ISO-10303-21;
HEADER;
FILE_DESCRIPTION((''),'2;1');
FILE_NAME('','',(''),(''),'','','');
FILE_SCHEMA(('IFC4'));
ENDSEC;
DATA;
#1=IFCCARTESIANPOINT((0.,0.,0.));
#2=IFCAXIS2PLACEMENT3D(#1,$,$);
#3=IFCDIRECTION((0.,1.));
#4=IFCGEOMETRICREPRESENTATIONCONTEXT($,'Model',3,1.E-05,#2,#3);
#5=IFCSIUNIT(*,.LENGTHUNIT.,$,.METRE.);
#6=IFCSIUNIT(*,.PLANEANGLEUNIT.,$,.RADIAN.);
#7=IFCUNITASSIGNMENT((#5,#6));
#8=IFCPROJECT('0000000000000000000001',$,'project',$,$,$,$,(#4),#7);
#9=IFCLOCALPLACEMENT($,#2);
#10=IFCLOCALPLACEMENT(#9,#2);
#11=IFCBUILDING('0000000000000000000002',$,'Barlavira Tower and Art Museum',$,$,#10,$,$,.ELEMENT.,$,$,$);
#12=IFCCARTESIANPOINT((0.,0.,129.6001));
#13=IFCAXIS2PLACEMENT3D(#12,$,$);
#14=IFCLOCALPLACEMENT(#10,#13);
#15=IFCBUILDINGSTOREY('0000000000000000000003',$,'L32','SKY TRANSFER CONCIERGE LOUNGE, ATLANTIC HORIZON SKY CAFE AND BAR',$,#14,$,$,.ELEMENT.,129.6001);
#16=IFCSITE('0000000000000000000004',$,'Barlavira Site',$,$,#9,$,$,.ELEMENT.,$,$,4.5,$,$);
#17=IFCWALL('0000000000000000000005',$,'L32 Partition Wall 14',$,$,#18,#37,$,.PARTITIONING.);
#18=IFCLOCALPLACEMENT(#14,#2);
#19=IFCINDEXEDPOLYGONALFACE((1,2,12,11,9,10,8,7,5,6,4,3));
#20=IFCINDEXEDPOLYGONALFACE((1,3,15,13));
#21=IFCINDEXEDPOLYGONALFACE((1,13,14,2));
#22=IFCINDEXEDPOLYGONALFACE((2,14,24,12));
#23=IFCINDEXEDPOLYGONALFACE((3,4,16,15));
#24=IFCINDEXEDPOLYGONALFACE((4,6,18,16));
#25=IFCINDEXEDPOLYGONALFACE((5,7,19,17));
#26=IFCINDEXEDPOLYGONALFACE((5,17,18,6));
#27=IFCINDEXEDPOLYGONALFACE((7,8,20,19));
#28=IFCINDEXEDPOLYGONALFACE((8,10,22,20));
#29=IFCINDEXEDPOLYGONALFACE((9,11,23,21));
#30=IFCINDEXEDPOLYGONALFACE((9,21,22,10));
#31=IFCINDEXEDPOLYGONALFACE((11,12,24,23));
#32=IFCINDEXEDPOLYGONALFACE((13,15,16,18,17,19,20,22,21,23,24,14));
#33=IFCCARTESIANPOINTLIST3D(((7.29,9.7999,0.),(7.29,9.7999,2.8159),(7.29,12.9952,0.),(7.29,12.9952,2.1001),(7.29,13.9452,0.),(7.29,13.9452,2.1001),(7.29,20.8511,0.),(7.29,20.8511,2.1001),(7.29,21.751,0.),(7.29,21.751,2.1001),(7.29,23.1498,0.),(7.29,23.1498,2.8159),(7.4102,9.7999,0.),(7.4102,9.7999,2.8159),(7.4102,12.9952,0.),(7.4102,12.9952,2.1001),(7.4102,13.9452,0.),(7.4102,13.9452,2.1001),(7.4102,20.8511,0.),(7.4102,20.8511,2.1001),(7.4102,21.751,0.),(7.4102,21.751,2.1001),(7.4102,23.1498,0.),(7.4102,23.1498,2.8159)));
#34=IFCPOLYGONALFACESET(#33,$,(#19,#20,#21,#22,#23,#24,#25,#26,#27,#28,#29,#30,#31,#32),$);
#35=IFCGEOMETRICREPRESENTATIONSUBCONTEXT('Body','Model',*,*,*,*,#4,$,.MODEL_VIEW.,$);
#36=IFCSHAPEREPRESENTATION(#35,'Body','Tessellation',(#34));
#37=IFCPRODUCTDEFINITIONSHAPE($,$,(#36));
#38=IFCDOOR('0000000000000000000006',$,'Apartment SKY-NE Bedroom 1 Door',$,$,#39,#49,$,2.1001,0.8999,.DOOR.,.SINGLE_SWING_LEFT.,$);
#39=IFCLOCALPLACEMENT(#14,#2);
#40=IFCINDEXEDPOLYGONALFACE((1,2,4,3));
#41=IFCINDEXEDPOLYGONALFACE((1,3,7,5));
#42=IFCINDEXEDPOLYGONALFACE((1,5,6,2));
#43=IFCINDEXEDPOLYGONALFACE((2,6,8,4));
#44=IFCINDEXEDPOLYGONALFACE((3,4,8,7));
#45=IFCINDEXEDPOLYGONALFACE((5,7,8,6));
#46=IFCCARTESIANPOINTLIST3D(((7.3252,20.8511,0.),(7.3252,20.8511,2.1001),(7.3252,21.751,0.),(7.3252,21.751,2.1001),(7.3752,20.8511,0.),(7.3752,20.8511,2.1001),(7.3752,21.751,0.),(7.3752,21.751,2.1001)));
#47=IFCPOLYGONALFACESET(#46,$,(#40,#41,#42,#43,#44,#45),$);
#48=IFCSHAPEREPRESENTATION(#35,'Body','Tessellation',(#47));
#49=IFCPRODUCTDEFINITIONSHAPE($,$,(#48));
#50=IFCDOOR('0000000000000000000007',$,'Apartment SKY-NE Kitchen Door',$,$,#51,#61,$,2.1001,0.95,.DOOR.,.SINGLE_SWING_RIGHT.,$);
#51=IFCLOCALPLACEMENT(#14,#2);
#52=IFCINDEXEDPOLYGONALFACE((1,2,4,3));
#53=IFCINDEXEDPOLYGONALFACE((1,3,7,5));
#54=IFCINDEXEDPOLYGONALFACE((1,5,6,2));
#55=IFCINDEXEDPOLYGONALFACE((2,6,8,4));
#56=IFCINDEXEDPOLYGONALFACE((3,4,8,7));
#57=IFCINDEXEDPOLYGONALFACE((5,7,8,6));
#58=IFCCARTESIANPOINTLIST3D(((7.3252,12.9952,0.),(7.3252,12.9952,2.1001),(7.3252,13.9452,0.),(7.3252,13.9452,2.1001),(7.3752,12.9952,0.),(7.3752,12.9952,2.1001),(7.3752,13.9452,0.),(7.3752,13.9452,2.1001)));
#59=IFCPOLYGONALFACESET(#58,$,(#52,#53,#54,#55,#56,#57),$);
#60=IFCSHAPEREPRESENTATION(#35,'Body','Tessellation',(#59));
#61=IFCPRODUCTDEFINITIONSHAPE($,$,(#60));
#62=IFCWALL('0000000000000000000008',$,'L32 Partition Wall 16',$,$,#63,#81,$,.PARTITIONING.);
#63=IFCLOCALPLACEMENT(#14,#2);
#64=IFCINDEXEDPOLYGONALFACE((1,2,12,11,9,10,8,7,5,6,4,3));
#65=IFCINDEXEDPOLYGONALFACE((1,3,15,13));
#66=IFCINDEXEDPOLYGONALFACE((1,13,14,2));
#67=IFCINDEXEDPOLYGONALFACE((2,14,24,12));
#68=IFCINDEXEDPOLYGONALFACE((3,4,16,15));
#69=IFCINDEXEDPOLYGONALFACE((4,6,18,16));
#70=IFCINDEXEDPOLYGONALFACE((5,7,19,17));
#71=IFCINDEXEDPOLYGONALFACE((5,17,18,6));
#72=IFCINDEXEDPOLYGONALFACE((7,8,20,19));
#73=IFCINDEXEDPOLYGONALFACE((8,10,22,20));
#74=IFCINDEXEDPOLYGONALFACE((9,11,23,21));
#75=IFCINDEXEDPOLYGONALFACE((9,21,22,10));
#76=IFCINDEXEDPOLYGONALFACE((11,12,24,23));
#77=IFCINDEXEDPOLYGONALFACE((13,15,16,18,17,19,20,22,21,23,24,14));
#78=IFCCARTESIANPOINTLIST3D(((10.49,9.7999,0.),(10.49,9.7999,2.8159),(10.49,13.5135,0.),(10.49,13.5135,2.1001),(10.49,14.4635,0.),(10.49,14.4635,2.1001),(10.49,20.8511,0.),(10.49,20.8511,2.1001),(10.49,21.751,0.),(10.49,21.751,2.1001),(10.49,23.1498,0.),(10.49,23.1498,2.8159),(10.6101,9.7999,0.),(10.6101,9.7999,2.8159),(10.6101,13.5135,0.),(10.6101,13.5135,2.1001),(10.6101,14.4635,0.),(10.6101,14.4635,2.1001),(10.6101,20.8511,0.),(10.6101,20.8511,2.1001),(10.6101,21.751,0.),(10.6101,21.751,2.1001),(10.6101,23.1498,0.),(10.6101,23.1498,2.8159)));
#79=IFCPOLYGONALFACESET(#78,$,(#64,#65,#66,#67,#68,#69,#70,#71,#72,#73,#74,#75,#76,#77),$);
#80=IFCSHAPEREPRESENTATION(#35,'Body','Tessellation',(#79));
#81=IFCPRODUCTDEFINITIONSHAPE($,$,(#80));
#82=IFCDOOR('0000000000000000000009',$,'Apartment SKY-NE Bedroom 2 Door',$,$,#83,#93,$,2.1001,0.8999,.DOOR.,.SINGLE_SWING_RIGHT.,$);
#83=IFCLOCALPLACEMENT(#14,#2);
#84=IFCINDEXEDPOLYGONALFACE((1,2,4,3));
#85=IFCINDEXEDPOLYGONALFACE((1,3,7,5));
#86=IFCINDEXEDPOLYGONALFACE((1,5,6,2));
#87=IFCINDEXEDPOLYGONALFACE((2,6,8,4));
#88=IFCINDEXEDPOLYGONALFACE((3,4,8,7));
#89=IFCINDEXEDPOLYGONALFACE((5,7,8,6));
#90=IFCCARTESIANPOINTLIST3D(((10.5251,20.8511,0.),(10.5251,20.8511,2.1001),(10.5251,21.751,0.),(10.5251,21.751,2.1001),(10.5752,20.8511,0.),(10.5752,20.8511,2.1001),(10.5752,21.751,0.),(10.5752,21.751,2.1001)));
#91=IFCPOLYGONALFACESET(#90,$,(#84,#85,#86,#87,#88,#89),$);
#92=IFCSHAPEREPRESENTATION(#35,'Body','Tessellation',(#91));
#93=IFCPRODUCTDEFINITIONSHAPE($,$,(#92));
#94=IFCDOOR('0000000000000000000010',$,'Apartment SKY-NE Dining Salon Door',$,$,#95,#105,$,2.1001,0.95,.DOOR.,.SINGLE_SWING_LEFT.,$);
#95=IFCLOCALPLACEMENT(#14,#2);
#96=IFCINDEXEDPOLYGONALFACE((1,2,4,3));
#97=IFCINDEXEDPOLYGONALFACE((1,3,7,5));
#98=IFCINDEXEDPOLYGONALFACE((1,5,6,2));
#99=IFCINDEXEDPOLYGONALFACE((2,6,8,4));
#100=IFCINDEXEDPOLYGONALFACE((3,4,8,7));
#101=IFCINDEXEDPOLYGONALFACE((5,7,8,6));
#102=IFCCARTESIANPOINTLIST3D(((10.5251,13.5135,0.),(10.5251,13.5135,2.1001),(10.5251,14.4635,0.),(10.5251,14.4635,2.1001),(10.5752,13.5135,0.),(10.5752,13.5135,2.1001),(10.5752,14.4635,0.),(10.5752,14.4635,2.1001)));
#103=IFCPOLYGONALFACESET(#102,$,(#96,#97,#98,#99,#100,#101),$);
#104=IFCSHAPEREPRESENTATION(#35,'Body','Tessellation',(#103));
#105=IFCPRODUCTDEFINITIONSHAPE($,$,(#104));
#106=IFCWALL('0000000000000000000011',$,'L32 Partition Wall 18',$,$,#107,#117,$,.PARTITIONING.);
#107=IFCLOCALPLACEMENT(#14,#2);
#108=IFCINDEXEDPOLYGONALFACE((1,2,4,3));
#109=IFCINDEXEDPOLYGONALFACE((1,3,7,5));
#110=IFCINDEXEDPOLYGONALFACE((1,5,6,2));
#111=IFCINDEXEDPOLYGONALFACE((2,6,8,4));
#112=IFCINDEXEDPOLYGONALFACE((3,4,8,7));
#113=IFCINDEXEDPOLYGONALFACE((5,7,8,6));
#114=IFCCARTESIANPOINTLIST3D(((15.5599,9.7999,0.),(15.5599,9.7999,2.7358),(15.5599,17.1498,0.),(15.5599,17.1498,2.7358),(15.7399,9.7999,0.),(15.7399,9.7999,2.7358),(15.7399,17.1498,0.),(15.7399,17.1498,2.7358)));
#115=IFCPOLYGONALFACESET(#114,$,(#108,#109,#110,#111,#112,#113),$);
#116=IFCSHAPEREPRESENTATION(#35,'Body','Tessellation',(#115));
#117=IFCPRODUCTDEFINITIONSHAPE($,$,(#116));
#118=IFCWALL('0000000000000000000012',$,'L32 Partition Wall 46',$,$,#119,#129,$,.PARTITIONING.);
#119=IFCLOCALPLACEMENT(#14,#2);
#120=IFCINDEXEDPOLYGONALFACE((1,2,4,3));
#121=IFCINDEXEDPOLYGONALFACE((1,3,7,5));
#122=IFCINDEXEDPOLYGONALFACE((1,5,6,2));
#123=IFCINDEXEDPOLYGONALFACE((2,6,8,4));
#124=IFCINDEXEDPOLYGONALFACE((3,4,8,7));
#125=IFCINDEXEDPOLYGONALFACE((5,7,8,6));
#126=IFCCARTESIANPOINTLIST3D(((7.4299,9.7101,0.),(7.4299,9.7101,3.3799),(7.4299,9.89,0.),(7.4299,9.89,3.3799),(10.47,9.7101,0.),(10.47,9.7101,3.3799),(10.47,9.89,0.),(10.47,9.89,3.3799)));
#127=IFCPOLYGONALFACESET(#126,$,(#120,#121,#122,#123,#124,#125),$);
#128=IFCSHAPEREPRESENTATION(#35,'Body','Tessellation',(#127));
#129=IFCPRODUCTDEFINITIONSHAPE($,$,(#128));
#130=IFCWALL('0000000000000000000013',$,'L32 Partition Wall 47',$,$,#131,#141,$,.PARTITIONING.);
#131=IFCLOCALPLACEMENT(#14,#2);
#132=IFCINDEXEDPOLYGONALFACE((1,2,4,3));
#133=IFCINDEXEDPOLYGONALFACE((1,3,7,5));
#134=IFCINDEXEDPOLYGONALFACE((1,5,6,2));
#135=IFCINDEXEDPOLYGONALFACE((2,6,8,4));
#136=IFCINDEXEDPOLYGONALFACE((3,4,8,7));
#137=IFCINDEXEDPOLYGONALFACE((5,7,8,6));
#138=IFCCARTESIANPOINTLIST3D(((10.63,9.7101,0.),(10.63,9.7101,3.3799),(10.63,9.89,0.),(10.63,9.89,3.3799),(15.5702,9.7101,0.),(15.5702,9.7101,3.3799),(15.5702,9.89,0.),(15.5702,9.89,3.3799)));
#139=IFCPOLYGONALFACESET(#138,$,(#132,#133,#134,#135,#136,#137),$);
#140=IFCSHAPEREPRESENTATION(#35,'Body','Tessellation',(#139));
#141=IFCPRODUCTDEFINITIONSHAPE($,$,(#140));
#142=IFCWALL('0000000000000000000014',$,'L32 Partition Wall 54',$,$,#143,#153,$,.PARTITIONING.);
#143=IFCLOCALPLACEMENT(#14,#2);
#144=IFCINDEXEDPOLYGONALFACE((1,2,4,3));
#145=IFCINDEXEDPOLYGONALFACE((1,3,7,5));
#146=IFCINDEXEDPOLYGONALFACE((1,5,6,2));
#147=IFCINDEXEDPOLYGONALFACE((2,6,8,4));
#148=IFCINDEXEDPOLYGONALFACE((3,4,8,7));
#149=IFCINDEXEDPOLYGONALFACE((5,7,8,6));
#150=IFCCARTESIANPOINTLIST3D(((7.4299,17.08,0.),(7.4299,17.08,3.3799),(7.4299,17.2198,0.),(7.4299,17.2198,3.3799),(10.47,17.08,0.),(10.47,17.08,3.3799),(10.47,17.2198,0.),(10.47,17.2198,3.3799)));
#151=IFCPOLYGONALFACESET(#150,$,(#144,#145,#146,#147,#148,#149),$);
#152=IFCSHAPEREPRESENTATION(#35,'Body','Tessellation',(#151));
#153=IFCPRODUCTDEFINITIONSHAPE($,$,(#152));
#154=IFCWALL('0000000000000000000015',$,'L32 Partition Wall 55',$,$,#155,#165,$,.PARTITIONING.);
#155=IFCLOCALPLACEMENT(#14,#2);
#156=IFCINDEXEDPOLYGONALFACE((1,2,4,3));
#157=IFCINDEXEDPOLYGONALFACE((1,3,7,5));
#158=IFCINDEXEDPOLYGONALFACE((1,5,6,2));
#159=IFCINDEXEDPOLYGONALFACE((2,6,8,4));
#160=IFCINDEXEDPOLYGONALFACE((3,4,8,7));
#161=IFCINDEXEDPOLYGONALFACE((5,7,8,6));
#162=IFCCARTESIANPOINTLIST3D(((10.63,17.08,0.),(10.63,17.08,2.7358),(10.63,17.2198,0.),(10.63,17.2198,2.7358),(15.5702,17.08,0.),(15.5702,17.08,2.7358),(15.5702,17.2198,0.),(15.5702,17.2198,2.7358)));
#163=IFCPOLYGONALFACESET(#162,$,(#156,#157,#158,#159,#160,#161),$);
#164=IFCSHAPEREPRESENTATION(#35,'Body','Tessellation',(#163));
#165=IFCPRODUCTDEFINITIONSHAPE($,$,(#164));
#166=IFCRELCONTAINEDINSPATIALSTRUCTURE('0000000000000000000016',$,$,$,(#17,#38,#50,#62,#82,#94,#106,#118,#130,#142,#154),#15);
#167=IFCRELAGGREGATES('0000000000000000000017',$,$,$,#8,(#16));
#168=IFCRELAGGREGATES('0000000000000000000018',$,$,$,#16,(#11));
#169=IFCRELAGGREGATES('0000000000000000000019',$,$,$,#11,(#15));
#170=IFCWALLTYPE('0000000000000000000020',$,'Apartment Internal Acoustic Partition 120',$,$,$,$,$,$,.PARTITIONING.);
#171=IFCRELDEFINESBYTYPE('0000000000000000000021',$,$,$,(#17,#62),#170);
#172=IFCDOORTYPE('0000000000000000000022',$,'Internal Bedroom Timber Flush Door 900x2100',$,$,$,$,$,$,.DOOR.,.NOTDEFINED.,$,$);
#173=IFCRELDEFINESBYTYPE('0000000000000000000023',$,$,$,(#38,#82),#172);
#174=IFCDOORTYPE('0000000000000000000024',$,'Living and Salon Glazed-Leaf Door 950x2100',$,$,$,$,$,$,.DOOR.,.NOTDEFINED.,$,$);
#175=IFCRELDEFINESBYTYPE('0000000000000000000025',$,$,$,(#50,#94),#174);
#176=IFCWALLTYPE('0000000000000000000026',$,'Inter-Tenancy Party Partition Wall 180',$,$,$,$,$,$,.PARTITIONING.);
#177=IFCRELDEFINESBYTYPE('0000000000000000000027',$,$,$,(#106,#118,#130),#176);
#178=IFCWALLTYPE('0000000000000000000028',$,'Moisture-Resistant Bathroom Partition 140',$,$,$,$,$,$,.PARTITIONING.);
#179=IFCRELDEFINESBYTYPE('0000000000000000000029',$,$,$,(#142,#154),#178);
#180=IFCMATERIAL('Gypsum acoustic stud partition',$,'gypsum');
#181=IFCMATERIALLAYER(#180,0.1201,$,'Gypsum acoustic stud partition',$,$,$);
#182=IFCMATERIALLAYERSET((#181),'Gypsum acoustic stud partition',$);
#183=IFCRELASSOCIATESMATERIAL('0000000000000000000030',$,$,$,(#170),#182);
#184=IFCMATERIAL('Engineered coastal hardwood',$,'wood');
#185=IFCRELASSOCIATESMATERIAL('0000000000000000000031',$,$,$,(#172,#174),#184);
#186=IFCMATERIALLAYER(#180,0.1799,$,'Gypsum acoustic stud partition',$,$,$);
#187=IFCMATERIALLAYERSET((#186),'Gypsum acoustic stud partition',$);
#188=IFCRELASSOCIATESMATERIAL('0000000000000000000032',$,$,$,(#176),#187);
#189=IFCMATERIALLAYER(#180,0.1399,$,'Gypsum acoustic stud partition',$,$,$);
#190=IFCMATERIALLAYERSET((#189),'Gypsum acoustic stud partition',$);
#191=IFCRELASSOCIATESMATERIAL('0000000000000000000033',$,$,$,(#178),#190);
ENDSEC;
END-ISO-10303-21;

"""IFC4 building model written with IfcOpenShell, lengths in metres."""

from ifc_helpers import new_model, si_unit, direction, frame, frame_2d, origin, place, context, subcontext, project, spatial, rectangle, extrude, material, layer, layer_set, type_object, element, fill, save


model = new_model("IFC4")

# Units and contexts
model_context = context("Model", 3, precision=1e-05, world=origin(), true_north=direction((0.0, 1.0)))
body_context = subcontext(model_context, "Body", "Model", "MODEL_VIEW")
ifc_project = project(units=[si_unit("LENGTHUNIT", "METRE"), si_unit("PLANEANGLEUNIT", "RADIAN")], contexts=[model_context])

# Site, building, storey
site_placement = place(None, origin())
site = spatial("IfcSite", under=ifc_project, at=site_placement, Name="Barlavira Site", CompositionType="ELEMENT", RefElevation=4.5)
building_placement = place(site_placement, origin())
building = spatial("IfcBuilding", under=site, at=building_placement, Name="Barlavira Tower and Art Museum", CompositionType="ELEMENT")
storey_placement = place(building_placement, frame((0.0, 0.0, 129.6001)))
storey = spatial("IfcBuildingStorey", under=building, at=storey_placement, Name="L32", Description="SKY TRANSFER CONCIERGE LOUNGE, ATLANTIC HORIZON SKY CAFE AND BAR", CompositionType="ELEMENT", Elevation=129.6001)

# Walls, openings, doors
ifc_material_1 = material(Name="Gypsum acoustic stud partition", Category="gypsum")
ifc_layer_1 = layer(ifc_material_1, 0.1201, Name="Gypsum acoustic stud partition")
ifc_layer_set_1 = layer_set([ifc_layer_1], Name="Gypsum acoustic stud partition")
wall_type_1 = type_object("IfcWallType", Name="Apartment Internal Acoustic Partition 120", PredefinedType="PARTITIONING", material=ifc_layer_set_1)
wall_1_placement = place(storey_placement, frame((7.3501, 9.8, 0.0), z_axis=(0.0, 0.0, 1.0), x_axis=(0.0, 1.0, 0.0)))
wall_1 = element("IfcWall", 1, at=wall_1_placement, inside=storey, type_object=wall_type_1, Name="L32 Partition Wall 14", PredefinedType="PARTITIONING", context=body_context, shape_type="SweptSolid", body=[
    extrude(rectangle(XDim=13.3499, YDim=0.1201, at=frame_2d((6.6748, 0.0))), origin(), (0.0, 0.0, 1.0), 2.8159),
])
opening_1_placement = place(wall_1_placement, frame((3.1951, 0.0, 0.0)))
opening_1 = element("IfcOpeningElement", 2, at=opening_1_placement, cuts=wall_1, PredefinedType="OPENING", context=body_context, shape_type="SweptSolid", body=[
    extrude(rectangle(XDim=0.95, YDim=2.1001, at=frame_2d((0.4751, 1.05))), frame((0.0, 0.0701, 0.0), z_axis=(0.0, -1.0, 0.0), x_axis=(1.0, 0.0, 0.0)), (0.0, 0.0, 1.0), 0.1401),
])
opening_2_placement = place(wall_1_placement, frame((11.051, 0.0, 0.0)))
opening_2 = element("IfcOpeningElement", 3, at=opening_2_placement, cuts=wall_1, PredefinedType="OPENING", context=body_context, shape_type="SweptSolid", body=[
    extrude(rectangle(XDim=0.8999, YDim=2.1001, at=frame_2d((0.45, 1.05))), frame((0.0, 0.0701, 0.0), z_axis=(0.0, -1.0, 0.0), x_axis=(1.0, 0.0, 0.0)), (0.0, 0.0, 1.0), 0.1401),
])
ifc_material_2 = material(Name="Engineered coastal hardwood", Category="wood")
door_type_1 = type_object("IfcDoorType", Name="Internal Bedroom Timber Flush Door 900x2100", OperationType="NOTDEFINED", PredefinedType="DOOR", material=ifc_material_2)
door_1_placement = place(opening_2_placement, origin())
door_1 = element("IfcDoor", 4, at=door_1_placement, inside=storey, type_object=door_type_1, Name="Apartment SKY-NE Bedroom 1 Door", OperationType="SINGLE_SWING_LEFT", OverallHeight=2.1001, OverallWidth=0.8999, PredefinedType="DOOR", context=body_context, shape_type="SweptSolid", body=[
    extrude(rectangle(XDim=0.8999, YDim=2.1001, at=frame_2d((0.45, 1.05))), frame((0.0, 0.0249, 0.0), z_axis=(0.0, -1.0, 0.0), x_axis=(1.0, 0.0, 0.0)), (0.0, 0.0, 1.0), 0.05),
])
fill(opening_2, door_1)
door_type_2 = type_object("IfcDoorType", Name="Living and Salon Glazed-Leaf Door 950x2100", OperationType="NOTDEFINED", PredefinedType="DOOR", material=ifc_material_2)
door_2_placement = place(opening_1_placement, origin())
door_2 = element("IfcDoor", 5, at=door_2_placement, inside=storey, type_object=door_type_2, Name="Apartment SKY-NE Kitchen Door", OperationType="SINGLE_SWING_RIGHT", OverallHeight=2.1001, OverallWidth=0.95, PredefinedType="DOOR", context=body_context, shape_type="SweptSolid", body=[
    extrude(rectangle(XDim=0.95, YDim=2.1001, at=frame_2d((0.4751, 1.05))), frame((0.0, 0.0249, 0.0), z_axis=(0.0, -1.0, 0.0), x_axis=(1.0, 0.0, 0.0)), (0.0, 0.0, 1.0), 0.05),
])
fill(opening_1, door_2)
wall_2_placement = place(storey_placement, frame((10.55, 9.8, 0.0), z_axis=(0.0, 0.0, 1.0), x_axis=(0.0, 1.0, 0.0)))
wall_2 = element("IfcWall", 6, at=wall_2_placement, inside=storey, type_object=wall_type_1, Name="L32 Partition Wall 16", PredefinedType="PARTITIONING", context=body_context, shape_type="SweptSolid", body=[
    extrude(rectangle(XDim=13.3499, YDim=0.1201, at=frame_2d((6.6748, 0.0))), origin(), (0.0, 0.0, 1.0), 2.8159),
])
opening_3_placement = place(wall_2_placement, frame((3.7134, 0.0, 0.0)))
opening_3 = element("IfcOpeningElement", 7, at=opening_3_placement, cuts=wall_2, PredefinedType="OPENING", context=body_context, shape_type="SweptSolid", body=[
    extrude(rectangle(XDim=0.95, YDim=2.1001, at=frame_2d((0.4751, 1.05))), frame((0.0, 0.0701, 0.0), z_axis=(0.0, -1.0, 0.0), x_axis=(1.0, 0.0, 0.0)), (0.0, 0.0, 1.0), 0.1401),
])
opening_4_placement = place(wall_2_placement, frame((11.051, 0.0, 0.0)))
opening_4 = element("IfcOpeningElement", 8, at=opening_4_placement, cuts=wall_2, PredefinedType="OPENING", context=body_context, shape_type="SweptSolid", body=[
    extrude(rectangle(XDim=0.8999, YDim=2.1001, at=frame_2d((0.45, 1.05))), frame((0.0, 0.0701, 0.0), z_axis=(0.0, -1.0, 0.0), x_axis=(1.0, 0.0, 0.0)), (0.0, 0.0, 1.0), 0.1401),
])
door_3_placement = place(opening_4_placement, origin())
door_3 = element("IfcDoor", 9, at=door_3_placement, inside=storey, type_object=door_type_1, Name="Apartment SKY-NE Bedroom 2 Door", OperationType="SINGLE_SWING_RIGHT", OverallHeight=2.1001, OverallWidth=0.8999, PredefinedType="DOOR", context=body_context, shape_type="SweptSolid", body=[
    extrude(rectangle(XDim=0.8999, YDim=2.1001, at=frame_2d((0.45, 1.05))), frame((0.0, 0.0249, 0.0), z_axis=(0.0, -1.0, 0.0), x_axis=(1.0, 0.0, 0.0)), (0.0, 0.0, 1.0), 0.05),
])
fill(opening_4, door_3)
door_4_placement = place(opening_3_placement, origin())
door_4 = element("IfcDoor", 10, at=door_4_placement, inside=storey, type_object=door_type_2, Name="Apartment SKY-NE Dining Salon Door", OperationType="SINGLE_SWING_LEFT", OverallHeight=2.1001, OverallWidth=0.95, PredefinedType="DOOR", context=body_context, shape_type="SweptSolid", body=[
    extrude(rectangle(XDim=0.95, YDim=2.1001, at=frame_2d((0.4751, 1.05))), frame((0.0, 0.0249, 0.0), z_axis=(0.0, -1.0, 0.0), x_axis=(1.0, 0.0, 0.0)), (0.0, 0.0, 1.0), 0.05),
])
fill(opening_3, door_4)

# Walls
ifc_layer_2 = layer(ifc_material_1, 0.1799, Name="Gypsum acoustic stud partition")
ifc_layer_set_2 = layer_set([ifc_layer_2], Name="Gypsum acoustic stud partition")
wall_type_2 = type_object("IfcWallType", Name="Inter-Tenancy Party Partition Wall 180", PredefinedType="PARTITIONING", material=ifc_layer_set_2)
wall_3_placement = place(storey_placement, frame((15.6499, 9.8, 0.0), z_axis=(0.0, 0.0, 1.0), x_axis=(0.0, 1.0, 0.0)))
element("IfcWall", 11, at=wall_3_placement, inside=storey, type_object=wall_type_2, Name="L32 Partition Wall 18", PredefinedType="PARTITIONING", context=body_context, shape_type="SweptSolid", body=[
    extrude(rectangle(XDim=7.3499, YDim=0.1799, at=frame_2d((3.6748, 0.0))), origin(), (0.0, 0.0, 1.0), 2.7358),
])
wall_4_placement = place(storey_placement, frame((7.4299, 9.8, 0.0), z_axis=(0.0, 0.0, 1.0), x_axis=(1.0, 0.0, 0.0)))
element("IfcWall", 12, at=wall_4_placement, inside=storey, type_object=wall_type_2, Name="L32 Partition Wall 46", PredefinedType="PARTITIONING", context=body_context, shape_type="SweptSolid", body=[
    extrude(rectangle(XDim=3.04, YDim=0.1799, at=frame_2d((1.52, 0.0))), origin(), (0.0, 0.0, 1.0), 3.3799),
])
wall_5_placement = place(storey_placement, frame((10.6299, 9.8, 0.0), z_axis=(0.0, 0.0, 1.0), x_axis=(1.0, 0.0, 0.0)))
element("IfcWall", 13, at=wall_5_placement, inside=storey, type_object=wall_type_2, Name="L32 Partition Wall 47", PredefinedType="PARTITIONING", context=body_context, shape_type="SweptSolid", body=[
    extrude(rectangle(XDim=4.9402, YDim=0.1799, at=frame_2d((2.4702, 0.0))), origin(), (0.0, 0.0, 1.0), 3.3799),
])
ifc_layer_3 = layer(ifc_material_1, 0.1399, Name="Gypsum acoustic stud partition")
ifc_layer_set_3 = layer_set([ifc_layer_3], Name="Gypsum acoustic stud partition")
wall_type_3 = type_object("IfcWallType", Name="Moisture-Resistant Bathroom Partition 140", PredefinedType="PARTITIONING", material=ifc_layer_set_3)
wall_6_placement = place(storey_placement, frame((7.4299, 17.1499, 0.0), z_axis=(0.0, 0.0, 1.0), x_axis=(1.0, 0.0, 0.0)))
element("IfcWall", 14, at=wall_6_placement, inside=storey, type_object=wall_type_3, Name="L32 Partition Wall 54", PredefinedType="PARTITIONING", context=body_context, shape_type="SweptSolid", body=[
    extrude(rectangle(XDim=3.04, YDim=0.1399, at=frame_2d((1.52, 0.0))), origin(), (0.0, 0.0, 1.0), 3.3799),
])
wall_7_placement = place(storey_placement, frame((10.6299, 17.1499, 0.0), z_axis=(0.0, 0.0, 1.0), x_axis=(1.0, 0.0, 0.0)))
element("IfcWall", 15, at=wall_7_placement, inside=storey, type_object=wall_type_3, Name="L32 Partition Wall 55", PredefinedType="PARTITIONING", context=body_context, shape_type="SweptSolid", body=[
    extrude(rectangle(XDim=4.9402, YDim=0.1399, at=frame_2d((2.4702, 0.0))), origin(), (0.0, 0.0, 1.0), 2.7358),
])

save(model, "model.ifc")
